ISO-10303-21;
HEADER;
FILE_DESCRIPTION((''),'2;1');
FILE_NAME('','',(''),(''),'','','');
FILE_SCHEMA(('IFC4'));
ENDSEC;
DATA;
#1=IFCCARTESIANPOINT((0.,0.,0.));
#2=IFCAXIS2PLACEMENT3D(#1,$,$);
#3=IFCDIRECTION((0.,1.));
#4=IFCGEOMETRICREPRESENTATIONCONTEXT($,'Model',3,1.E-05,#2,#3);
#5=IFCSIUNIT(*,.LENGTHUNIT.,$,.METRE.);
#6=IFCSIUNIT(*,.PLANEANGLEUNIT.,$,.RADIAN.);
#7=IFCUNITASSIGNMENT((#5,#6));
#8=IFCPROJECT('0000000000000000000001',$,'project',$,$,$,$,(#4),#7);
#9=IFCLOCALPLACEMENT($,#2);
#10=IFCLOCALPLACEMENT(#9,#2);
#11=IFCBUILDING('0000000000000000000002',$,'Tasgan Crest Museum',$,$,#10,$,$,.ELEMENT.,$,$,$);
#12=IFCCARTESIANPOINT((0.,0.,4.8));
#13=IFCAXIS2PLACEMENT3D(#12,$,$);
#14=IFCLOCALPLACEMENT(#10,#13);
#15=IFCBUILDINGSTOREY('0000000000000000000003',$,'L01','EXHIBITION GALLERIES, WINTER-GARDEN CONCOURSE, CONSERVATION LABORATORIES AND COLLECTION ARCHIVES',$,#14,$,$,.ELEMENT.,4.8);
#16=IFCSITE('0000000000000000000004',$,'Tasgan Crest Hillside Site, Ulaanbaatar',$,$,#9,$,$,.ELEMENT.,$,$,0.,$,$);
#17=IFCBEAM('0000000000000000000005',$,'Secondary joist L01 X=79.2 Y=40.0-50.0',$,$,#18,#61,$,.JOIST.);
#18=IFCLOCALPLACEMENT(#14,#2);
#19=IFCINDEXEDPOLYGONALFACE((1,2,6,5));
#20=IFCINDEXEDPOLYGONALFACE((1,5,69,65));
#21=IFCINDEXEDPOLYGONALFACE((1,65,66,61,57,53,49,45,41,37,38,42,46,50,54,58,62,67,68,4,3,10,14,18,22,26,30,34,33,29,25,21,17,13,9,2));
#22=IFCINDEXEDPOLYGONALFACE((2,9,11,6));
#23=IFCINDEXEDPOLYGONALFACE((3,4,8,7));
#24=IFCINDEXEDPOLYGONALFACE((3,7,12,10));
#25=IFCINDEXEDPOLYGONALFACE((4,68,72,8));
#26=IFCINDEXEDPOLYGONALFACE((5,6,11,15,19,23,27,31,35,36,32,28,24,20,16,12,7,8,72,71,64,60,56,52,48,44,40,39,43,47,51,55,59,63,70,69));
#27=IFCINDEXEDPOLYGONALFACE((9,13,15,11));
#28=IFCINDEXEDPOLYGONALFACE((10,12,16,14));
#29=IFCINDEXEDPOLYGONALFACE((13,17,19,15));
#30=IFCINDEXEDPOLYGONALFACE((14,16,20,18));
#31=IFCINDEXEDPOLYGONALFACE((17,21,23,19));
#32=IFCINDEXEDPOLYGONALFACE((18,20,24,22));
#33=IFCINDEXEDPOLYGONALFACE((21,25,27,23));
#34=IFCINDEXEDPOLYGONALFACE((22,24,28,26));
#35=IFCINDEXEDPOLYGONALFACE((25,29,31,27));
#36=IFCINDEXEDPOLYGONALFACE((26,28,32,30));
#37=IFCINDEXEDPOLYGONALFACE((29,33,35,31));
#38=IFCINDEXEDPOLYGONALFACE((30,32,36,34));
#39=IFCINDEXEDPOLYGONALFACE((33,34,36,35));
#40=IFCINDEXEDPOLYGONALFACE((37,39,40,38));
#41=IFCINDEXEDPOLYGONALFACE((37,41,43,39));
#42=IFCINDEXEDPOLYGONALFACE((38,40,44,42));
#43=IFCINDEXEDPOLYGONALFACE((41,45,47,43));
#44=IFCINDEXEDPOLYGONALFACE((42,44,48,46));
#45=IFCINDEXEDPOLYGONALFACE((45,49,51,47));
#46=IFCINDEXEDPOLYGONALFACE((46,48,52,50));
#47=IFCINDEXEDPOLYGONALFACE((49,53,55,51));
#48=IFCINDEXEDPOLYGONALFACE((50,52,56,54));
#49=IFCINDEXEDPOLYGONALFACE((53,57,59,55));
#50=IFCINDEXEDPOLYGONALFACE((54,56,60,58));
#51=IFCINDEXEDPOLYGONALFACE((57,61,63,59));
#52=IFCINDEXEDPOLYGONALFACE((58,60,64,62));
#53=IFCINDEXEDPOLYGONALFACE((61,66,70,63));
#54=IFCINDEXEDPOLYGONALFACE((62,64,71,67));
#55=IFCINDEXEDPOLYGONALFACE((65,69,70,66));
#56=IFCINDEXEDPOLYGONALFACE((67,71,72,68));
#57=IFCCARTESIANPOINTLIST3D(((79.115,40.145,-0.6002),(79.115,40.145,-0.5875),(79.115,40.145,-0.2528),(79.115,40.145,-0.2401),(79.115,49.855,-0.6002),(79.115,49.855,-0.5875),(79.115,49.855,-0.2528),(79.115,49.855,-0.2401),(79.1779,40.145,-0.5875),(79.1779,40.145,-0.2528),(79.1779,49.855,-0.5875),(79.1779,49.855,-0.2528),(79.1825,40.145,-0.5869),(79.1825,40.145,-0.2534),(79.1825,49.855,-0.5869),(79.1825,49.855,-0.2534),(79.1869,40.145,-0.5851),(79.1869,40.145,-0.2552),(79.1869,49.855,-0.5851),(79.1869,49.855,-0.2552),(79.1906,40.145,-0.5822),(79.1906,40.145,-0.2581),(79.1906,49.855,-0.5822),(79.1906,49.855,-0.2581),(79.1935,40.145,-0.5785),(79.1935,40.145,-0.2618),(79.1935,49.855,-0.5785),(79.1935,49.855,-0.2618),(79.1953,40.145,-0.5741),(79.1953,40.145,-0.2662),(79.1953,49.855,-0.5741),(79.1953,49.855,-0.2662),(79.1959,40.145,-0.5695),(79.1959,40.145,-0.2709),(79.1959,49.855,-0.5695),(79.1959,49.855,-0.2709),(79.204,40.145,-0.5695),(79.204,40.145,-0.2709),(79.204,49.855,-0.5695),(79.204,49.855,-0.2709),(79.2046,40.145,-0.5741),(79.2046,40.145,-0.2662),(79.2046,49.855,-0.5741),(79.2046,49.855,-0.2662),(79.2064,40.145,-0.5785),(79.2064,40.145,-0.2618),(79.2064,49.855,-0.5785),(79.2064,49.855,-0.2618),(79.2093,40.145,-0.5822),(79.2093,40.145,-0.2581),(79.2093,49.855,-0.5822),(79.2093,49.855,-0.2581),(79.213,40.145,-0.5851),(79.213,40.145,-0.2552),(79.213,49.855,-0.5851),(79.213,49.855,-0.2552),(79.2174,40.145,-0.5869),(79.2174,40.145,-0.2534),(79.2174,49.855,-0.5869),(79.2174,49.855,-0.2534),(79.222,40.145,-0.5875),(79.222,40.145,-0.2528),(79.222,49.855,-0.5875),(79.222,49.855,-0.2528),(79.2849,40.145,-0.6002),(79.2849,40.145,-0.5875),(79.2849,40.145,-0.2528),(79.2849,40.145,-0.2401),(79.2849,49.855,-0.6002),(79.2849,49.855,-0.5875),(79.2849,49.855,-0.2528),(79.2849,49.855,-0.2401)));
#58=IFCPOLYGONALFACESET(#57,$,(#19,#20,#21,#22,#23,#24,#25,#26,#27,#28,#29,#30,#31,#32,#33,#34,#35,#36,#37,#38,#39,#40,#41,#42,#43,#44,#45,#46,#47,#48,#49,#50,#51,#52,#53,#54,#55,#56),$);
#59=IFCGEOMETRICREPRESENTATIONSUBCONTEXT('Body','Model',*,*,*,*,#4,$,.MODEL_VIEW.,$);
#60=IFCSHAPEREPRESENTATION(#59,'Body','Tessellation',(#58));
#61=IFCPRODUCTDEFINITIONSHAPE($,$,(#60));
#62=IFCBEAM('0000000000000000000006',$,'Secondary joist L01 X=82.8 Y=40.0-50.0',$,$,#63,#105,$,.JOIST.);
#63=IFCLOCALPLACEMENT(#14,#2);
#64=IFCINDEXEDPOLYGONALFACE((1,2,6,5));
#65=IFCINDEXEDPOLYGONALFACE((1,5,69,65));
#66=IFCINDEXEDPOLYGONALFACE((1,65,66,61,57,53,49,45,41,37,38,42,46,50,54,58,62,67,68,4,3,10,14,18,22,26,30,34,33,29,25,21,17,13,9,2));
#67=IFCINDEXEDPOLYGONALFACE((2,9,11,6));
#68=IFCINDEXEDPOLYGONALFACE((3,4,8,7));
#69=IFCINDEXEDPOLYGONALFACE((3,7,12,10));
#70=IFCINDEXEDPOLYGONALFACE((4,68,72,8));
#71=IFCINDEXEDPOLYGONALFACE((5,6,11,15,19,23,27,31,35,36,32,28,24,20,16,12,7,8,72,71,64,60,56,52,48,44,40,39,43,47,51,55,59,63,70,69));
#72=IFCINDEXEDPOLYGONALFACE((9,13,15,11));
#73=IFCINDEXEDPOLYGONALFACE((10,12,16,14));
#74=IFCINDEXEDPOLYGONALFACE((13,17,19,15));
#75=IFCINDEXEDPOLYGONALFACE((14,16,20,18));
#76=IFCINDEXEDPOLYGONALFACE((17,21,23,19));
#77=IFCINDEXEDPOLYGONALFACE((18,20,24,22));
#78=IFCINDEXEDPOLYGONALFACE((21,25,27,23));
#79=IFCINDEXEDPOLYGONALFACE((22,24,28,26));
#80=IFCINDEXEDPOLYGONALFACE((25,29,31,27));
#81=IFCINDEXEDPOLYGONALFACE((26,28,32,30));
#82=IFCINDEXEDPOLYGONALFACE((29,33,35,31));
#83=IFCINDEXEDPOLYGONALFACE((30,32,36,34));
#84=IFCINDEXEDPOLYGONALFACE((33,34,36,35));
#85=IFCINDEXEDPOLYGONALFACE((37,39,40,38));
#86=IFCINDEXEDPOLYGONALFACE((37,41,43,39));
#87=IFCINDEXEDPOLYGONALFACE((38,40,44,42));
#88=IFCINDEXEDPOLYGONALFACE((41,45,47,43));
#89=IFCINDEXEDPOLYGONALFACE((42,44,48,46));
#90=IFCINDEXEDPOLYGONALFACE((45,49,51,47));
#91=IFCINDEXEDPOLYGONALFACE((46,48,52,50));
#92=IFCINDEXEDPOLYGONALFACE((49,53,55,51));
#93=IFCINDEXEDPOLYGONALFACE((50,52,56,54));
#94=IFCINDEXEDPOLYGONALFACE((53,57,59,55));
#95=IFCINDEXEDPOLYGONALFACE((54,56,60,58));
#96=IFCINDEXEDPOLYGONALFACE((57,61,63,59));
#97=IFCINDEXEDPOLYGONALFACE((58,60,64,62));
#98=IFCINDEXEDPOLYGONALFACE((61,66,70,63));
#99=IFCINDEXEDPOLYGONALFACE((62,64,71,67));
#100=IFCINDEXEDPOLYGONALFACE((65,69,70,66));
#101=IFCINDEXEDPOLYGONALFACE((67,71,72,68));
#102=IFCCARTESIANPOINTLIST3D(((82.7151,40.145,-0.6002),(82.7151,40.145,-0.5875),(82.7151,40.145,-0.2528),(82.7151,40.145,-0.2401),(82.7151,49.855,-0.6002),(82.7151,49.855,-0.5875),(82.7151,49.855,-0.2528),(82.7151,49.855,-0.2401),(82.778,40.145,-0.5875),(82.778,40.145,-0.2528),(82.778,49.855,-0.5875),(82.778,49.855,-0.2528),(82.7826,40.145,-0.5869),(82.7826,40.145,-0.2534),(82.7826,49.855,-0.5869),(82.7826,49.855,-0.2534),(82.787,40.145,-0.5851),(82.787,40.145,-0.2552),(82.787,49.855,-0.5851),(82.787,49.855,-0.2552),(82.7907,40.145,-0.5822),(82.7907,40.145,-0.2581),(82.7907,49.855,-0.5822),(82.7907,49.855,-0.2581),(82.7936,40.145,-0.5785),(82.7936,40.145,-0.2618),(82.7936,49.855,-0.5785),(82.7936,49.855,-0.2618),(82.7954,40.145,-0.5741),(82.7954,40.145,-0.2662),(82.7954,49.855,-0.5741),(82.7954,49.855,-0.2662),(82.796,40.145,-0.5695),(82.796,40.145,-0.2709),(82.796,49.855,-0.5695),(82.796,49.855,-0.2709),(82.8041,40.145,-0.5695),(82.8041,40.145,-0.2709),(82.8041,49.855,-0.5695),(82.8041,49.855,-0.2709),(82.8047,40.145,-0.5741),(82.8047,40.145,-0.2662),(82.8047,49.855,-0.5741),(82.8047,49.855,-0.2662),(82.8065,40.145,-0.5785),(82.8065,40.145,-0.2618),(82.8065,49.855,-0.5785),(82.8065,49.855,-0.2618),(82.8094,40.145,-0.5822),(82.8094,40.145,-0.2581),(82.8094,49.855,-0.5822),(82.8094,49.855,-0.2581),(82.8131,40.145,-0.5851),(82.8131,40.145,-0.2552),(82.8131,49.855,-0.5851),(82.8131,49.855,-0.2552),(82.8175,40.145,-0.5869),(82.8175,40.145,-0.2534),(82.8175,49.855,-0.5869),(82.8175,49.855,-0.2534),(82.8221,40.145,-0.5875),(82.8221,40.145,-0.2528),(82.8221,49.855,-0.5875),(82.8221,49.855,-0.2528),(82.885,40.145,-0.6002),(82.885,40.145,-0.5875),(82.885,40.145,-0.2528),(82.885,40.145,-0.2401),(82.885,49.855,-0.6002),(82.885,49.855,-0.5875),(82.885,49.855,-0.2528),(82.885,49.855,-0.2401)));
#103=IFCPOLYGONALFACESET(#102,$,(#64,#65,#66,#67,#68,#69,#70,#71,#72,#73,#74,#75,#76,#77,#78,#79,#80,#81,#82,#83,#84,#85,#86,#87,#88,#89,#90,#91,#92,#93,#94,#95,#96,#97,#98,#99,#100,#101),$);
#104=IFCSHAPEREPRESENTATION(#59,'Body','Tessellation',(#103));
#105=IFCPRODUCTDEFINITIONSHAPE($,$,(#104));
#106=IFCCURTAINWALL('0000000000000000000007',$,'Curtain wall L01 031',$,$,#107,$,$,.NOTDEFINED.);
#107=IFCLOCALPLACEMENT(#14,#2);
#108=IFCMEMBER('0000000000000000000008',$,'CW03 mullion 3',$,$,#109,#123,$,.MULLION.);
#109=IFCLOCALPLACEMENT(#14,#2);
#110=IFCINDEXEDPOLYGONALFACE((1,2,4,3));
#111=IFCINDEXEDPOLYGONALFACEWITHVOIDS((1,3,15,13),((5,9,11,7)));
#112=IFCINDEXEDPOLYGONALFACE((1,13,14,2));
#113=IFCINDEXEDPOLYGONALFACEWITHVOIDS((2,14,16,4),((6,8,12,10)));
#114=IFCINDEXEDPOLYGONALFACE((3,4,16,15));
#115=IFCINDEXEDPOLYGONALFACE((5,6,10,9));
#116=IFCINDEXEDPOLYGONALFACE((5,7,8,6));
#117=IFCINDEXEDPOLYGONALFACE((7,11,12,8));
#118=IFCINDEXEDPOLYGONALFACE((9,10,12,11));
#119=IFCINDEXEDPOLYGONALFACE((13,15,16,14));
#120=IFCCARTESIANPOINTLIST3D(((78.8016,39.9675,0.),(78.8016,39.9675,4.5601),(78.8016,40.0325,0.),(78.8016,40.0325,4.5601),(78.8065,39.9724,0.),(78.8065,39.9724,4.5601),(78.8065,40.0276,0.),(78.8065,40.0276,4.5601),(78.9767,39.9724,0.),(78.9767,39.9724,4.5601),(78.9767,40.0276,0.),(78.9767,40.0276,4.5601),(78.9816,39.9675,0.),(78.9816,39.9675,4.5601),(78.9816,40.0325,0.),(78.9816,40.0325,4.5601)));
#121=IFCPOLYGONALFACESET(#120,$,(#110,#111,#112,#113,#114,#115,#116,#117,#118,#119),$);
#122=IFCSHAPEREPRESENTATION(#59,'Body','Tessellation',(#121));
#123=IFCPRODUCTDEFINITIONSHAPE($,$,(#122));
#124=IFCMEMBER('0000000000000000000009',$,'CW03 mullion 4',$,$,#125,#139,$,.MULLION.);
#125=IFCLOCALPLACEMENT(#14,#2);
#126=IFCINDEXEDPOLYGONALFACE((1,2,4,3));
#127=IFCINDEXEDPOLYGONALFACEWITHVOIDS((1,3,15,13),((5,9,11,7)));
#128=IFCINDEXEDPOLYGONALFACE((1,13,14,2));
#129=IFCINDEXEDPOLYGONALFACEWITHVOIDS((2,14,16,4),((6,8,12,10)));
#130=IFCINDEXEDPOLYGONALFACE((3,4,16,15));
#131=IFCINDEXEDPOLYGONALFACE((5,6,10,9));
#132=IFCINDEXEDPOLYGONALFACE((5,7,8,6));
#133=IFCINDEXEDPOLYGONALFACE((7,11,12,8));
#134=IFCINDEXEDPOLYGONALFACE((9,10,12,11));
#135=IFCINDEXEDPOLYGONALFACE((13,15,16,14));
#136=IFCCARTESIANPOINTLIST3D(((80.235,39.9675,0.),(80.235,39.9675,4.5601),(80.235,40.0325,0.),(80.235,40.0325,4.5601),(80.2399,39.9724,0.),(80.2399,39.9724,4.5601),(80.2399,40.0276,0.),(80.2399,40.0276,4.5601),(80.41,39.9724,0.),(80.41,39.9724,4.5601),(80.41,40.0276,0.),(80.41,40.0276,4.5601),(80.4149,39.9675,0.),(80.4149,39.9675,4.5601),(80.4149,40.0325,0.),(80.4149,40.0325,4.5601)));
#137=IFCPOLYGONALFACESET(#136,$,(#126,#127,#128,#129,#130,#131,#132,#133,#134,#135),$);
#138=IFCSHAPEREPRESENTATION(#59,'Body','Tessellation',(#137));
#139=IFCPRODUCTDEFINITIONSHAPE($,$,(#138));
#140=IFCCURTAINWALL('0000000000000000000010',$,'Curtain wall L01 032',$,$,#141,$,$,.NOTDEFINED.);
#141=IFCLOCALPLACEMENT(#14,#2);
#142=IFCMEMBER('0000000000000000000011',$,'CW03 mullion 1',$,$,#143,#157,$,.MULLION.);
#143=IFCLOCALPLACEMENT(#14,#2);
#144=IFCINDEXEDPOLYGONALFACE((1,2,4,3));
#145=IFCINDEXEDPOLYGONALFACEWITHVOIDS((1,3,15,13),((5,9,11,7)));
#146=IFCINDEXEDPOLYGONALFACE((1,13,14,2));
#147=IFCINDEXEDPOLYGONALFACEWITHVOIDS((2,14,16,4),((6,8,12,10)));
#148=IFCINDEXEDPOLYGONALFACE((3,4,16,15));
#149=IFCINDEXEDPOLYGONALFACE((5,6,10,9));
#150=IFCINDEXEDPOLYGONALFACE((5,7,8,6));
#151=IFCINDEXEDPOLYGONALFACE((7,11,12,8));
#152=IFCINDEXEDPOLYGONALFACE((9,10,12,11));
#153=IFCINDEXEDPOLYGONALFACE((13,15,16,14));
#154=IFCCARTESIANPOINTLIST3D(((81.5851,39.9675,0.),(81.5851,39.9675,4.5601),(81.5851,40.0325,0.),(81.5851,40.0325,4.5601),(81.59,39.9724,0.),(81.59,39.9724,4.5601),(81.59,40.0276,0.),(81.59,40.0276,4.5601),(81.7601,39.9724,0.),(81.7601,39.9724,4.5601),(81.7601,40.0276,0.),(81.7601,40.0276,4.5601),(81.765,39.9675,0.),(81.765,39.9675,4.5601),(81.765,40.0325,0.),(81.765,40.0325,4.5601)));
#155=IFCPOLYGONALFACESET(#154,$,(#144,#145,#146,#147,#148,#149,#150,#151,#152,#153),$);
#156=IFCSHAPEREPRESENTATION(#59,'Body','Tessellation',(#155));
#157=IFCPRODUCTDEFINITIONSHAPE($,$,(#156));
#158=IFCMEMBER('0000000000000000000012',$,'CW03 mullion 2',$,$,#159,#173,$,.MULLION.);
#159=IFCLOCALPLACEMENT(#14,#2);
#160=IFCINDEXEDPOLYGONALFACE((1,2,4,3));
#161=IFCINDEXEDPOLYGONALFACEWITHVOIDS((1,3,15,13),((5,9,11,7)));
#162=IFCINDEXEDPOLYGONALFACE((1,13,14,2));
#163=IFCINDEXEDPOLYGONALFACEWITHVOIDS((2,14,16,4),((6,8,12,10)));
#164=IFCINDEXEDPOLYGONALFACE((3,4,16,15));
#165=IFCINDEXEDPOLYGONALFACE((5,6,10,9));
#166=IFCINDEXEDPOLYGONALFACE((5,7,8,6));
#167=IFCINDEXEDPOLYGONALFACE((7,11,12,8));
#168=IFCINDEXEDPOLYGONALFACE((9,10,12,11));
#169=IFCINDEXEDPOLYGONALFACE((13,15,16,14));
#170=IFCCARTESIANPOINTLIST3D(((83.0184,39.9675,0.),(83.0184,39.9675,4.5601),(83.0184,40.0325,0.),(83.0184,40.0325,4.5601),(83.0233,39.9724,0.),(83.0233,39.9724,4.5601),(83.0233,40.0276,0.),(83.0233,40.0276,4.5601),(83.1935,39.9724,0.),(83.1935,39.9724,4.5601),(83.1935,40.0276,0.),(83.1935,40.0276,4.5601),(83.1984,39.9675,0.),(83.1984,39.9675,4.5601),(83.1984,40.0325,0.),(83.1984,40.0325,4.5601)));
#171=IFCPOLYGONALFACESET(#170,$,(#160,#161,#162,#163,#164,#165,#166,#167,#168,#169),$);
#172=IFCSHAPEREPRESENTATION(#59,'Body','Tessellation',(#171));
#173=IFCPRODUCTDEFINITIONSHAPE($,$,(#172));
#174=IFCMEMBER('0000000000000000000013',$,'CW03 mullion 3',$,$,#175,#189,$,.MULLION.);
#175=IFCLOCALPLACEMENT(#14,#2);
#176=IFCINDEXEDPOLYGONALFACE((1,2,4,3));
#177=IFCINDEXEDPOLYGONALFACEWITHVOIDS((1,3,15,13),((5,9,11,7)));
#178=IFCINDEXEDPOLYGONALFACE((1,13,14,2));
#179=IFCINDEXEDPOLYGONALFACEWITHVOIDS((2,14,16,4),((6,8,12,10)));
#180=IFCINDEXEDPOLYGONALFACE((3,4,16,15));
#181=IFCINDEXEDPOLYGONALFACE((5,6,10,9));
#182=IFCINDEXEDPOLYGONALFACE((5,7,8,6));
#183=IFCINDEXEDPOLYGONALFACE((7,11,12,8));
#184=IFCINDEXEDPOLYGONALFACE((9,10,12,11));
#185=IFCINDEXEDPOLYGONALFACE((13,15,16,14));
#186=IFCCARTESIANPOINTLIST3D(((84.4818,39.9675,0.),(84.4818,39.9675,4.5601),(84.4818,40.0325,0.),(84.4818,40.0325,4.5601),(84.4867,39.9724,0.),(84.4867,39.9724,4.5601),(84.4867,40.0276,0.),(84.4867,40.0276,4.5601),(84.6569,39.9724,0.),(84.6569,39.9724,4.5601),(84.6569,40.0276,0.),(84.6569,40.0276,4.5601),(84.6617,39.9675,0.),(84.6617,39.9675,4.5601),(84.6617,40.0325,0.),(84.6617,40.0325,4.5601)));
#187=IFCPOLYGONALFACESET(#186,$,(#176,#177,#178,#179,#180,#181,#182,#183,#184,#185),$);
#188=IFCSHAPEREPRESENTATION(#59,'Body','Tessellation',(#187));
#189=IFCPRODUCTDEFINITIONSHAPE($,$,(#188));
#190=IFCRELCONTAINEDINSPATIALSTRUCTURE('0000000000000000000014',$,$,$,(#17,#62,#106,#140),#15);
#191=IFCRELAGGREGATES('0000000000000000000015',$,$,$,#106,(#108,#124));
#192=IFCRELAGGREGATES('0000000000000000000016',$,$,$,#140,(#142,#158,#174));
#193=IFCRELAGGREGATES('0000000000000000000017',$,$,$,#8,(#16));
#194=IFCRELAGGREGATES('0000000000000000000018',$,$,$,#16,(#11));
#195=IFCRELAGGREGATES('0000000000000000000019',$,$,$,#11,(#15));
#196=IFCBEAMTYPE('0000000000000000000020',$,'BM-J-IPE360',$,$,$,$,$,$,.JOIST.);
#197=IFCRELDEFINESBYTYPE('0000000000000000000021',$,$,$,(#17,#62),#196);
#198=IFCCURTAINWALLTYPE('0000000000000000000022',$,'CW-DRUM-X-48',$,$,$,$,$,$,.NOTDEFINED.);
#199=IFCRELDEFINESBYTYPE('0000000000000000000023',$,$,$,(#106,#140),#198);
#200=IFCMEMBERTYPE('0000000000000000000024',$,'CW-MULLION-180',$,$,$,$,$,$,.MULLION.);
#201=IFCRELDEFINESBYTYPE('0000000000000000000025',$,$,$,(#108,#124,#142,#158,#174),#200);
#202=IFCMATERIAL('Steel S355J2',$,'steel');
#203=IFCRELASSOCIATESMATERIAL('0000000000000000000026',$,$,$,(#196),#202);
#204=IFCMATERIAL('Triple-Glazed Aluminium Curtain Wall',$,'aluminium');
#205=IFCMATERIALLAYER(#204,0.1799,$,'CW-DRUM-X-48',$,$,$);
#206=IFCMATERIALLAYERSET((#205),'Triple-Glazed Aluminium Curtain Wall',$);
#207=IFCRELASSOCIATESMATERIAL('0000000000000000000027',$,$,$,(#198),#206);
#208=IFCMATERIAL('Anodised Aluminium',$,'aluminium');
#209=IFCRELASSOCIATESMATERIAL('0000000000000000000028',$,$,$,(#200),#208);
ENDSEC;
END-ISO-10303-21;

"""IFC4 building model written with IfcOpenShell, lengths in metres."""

from ifc_helpers import new_model, si_unit, direction, frame, origin, origin_2d, place, context, subcontext, project, spatial, hollow_rectangle, i_section, extrude, material, layer, layer_set, material_profile, profile_set, type_object, element, aggregate, save


model = new_model("IFC4")

# Units and contexts
model_context = context("Model", 3, precision=1e-05, world=origin(), true_north=direction((0.0, 1.0)))
body_context = subcontext(model_context, "Body", "Model", "MODEL_VIEW")
ifc_project = project(units=[si_unit("LENGTHUNIT", "METRE"), si_unit("PLANEANGLEUNIT", "RADIAN")], contexts=[model_context])

# Site, building, storey
site_placement = place(None, origin())
site = spatial("IfcSite", under=ifc_project, at=site_placement, Name="Tasgan Crest Hillside Site, Ulaanbaatar", CompositionType="ELEMENT", RefElevation=0.0)
building_placement = place(site_placement, origin())
building = spatial("IfcBuilding", under=site, at=building_placement, Name="Tasgan Crest Museum", CompositionType="ELEMENT")
storey_placement = place(building_placement, frame((0.0, 0.0, 4.8)))
storey = spatial("IfcBuildingStorey", under=building, at=storey_placement, Name="L01", Description="EXHIBITION GALLERIES, WINTER-GARDEN CONCOURSE, CONSERVATION LABORATORIES AND COLLECTION ARCHIVES", CompositionType="ELEMENT", Elevation=4.8)

# Beams
ifc_material_1 = material(Name="Steel S355J2", Category="steel")
ifc_material_profile_1 = material_profile(ifc_material_1, i_section(OverallWidth=0.1699, OverallDepth=0.3601, WebThickness=0.0081, FlangeThickness=0.0127, FilletRadius=0.0181, at=origin_2d()), Name="IPE 360")
ifc_profile_set_1 = profile_set([ifc_material_profile_1], Name="Steel S355J2")
beam_type = type_object("IfcBeamType", Name="BM-J-IPE360", PredefinedType="JOIST", material=ifc_profile_set_1)
for number, where, z_axis, x_axis, name in (
    (1, (79.2, 40.145, -0.4202), (0.0, 1.0, 0.0), (-1.0, 0.0, 0.0), "Secondary joist L01 X=79.2 Y=40.0-50.0"),
    (2, (82.8, 40.145, -0.4202), (0.0, 1.0, 0.0), (-1.0, 0.0, 0.0), "Secondary joist L01 X=82.8 Y=40.0-50.0"),
):
    element("IfcBeam", number, at=place(storey_placement, frame(where, z_axis=z_axis, x_axis=x_axis)), inside=storey, type_object=beam_type, Name=name, PredefinedType="JOIST", context=body_context, shape_type="SweptSolid", body=[
        extrude(i_section(OverallWidth=0.1699, OverallDepth=0.3601, WebThickness=0.0081, FlangeThickness=0.0127, FilletRadius=0.0181, at=origin_2d()), origin(), (0.0, 0.0, 1.0), 9.71),
    ])

# Curtain walls, members
ifc_material_2 = material(Name="Triple-Glazed Aluminium Curtain Wall", Category="aluminium")
ifc_layer_1 = layer(ifc_material_2, 0.1799, Name="CW-DRUM-X-48")
ifc_layer_set_1 = layer_set([ifc_layer_1], Name="Triple-Glazed Aluminium Curtain Wall")
curtain_wall_type = type_object("IfcCurtainWallType", Name="CW-DRUM-X-48", PredefinedType="NOTDEFINED", material=ifc_layer_set_1)
curtain_wall_1_placement = place(storey_placement, origin())
curtain_wall_1 = element("IfcCurtainWall", 3, at=curtain_wall_1_placement, inside=storey, type_object=curtain_wall_type, Name="Curtain wall L01 031", PredefinedType="NOTDEFINED")
ifc_material_3 = material(Name="Anodised Aluminium", Category="aluminium")
ifc_material_profile_2 = material_profile(ifc_material_3, hollow_rectangle(XDim=0.0649, YDim=0.1799, WallThickness=0.0049, at=origin_2d()), Name="ALU MULLION 180x65x5")
ifc_profile_set_2 = profile_set([ifc_material_profile_2], Name="Anodised Aluminium")
member_type_1 = type_object("IfcMemberType", Name="CW-MULLION-180", PredefinedType="MULLION", material=ifc_profile_set_2)
member_1_placement = place(storey_placement, frame((78.8916, 40.0, 0.0), z_axis=(0.0, 0.0, 1.0), x_axis=(0.0, 1.0, 0.0)))
member_1 = element("IfcMember", 4, at=member_1_placement, type_object=member_type_1, Name="CW03 mullion 3", PredefinedType="MULLION", context=body_context, shape_type="SweptSolid", body=[
    extrude(hollow_rectangle(XDim=0.0649, YDim=0.1799, WallThickness=0.0049, at=origin_2d()), origin(), (0.0, 0.0, 1.0), 4.5601),
])
member_2_placement = place(storey_placement, frame((80.325, 40.0, 0.0), z_axis=(0.0, 0.0, 1.0), x_axis=(0.0, 1.0, 0.0)))
member_2 = element("IfcMember", 5, at=member_2_placement, type_object=member_type_1, Name="CW03 mullion 4", PredefinedType="MULLION", context=body_context, shape_type="SweptSolid", body=[
    extrude(hollow_rectangle(XDim=0.0649, YDim=0.1799, WallThickness=0.0049, at=origin_2d()), origin(), (0.0, 0.0, 1.0), 4.5601),
])
curtain_wall_2_placement = place(storey_placement, origin())
curtain_wall_2 = element("IfcCurtainWall", 6, at=curtain_wall_2_placement, inside=storey, type_object=curtain_wall_type, Name="Curtain wall L01 032", PredefinedType="NOTDEFINED")
member_3_placement = place(storey_placement, frame((81.675, 40.0, 0.0), z_axis=(0.0, 0.0, 1.0), x_axis=(0.0, 1.0, 0.0)))
member_3 = element("IfcMember", 7, at=member_3_placement, type_object=member_type_1, Name="CW03 mullion 1", PredefinedType="MULLION", context=body_context, shape_type="SweptSolid", body=[
    extrude(hollow_rectangle(XDim=0.0649, YDim=0.1799, WallThickness=0.0049, at=origin_2d()), origin(), (0.0, 0.0, 1.0), 4.5601),
])
member_4_placement = place(storey_placement, frame((83.1084, 40.0, 0.0), z_axis=(0.0, 0.0, 1.0), x_axis=(0.0, 1.0, 0.0)))
member_4 = element("IfcMember", 8, at=member_4_placement, type_object=member_type_1, Name="CW03 mullion 2", PredefinedType="MULLION", context=body_context, shape_type="SweptSolid", body=[
    extrude(hollow_rectangle(XDim=0.0649, YDim=0.1799, WallThickness=0.0049, at=origin_2d()), origin(), (0.0, 0.0, 1.0), 4.5601),
])
member_5_placement = place(storey_placement, frame((84.5718, 40.0, 0.0), z_axis=(0.0, 0.0, 1.0), x_axis=(0.0, 1.0, 0.0)))
member_5 = element("IfcMember", 9, at=member_5_placement, type_object=member_type_1, Name="CW03 mullion 3", PredefinedType="MULLION", context=body_context, shape_type="SweptSolid", body=[
    extrude(hollow_rectangle(XDim=0.0649, YDim=0.1799, WallThickness=0.0049, at=origin_2d()), origin(), (0.0, 0.0, 1.0), 4.5601),
])

aggregate(curtain_wall_1, [member_1, member_2])
aggregate(curtain_wall_2, [member_3, member_4, member_5])

save(model, "model.ifc")
